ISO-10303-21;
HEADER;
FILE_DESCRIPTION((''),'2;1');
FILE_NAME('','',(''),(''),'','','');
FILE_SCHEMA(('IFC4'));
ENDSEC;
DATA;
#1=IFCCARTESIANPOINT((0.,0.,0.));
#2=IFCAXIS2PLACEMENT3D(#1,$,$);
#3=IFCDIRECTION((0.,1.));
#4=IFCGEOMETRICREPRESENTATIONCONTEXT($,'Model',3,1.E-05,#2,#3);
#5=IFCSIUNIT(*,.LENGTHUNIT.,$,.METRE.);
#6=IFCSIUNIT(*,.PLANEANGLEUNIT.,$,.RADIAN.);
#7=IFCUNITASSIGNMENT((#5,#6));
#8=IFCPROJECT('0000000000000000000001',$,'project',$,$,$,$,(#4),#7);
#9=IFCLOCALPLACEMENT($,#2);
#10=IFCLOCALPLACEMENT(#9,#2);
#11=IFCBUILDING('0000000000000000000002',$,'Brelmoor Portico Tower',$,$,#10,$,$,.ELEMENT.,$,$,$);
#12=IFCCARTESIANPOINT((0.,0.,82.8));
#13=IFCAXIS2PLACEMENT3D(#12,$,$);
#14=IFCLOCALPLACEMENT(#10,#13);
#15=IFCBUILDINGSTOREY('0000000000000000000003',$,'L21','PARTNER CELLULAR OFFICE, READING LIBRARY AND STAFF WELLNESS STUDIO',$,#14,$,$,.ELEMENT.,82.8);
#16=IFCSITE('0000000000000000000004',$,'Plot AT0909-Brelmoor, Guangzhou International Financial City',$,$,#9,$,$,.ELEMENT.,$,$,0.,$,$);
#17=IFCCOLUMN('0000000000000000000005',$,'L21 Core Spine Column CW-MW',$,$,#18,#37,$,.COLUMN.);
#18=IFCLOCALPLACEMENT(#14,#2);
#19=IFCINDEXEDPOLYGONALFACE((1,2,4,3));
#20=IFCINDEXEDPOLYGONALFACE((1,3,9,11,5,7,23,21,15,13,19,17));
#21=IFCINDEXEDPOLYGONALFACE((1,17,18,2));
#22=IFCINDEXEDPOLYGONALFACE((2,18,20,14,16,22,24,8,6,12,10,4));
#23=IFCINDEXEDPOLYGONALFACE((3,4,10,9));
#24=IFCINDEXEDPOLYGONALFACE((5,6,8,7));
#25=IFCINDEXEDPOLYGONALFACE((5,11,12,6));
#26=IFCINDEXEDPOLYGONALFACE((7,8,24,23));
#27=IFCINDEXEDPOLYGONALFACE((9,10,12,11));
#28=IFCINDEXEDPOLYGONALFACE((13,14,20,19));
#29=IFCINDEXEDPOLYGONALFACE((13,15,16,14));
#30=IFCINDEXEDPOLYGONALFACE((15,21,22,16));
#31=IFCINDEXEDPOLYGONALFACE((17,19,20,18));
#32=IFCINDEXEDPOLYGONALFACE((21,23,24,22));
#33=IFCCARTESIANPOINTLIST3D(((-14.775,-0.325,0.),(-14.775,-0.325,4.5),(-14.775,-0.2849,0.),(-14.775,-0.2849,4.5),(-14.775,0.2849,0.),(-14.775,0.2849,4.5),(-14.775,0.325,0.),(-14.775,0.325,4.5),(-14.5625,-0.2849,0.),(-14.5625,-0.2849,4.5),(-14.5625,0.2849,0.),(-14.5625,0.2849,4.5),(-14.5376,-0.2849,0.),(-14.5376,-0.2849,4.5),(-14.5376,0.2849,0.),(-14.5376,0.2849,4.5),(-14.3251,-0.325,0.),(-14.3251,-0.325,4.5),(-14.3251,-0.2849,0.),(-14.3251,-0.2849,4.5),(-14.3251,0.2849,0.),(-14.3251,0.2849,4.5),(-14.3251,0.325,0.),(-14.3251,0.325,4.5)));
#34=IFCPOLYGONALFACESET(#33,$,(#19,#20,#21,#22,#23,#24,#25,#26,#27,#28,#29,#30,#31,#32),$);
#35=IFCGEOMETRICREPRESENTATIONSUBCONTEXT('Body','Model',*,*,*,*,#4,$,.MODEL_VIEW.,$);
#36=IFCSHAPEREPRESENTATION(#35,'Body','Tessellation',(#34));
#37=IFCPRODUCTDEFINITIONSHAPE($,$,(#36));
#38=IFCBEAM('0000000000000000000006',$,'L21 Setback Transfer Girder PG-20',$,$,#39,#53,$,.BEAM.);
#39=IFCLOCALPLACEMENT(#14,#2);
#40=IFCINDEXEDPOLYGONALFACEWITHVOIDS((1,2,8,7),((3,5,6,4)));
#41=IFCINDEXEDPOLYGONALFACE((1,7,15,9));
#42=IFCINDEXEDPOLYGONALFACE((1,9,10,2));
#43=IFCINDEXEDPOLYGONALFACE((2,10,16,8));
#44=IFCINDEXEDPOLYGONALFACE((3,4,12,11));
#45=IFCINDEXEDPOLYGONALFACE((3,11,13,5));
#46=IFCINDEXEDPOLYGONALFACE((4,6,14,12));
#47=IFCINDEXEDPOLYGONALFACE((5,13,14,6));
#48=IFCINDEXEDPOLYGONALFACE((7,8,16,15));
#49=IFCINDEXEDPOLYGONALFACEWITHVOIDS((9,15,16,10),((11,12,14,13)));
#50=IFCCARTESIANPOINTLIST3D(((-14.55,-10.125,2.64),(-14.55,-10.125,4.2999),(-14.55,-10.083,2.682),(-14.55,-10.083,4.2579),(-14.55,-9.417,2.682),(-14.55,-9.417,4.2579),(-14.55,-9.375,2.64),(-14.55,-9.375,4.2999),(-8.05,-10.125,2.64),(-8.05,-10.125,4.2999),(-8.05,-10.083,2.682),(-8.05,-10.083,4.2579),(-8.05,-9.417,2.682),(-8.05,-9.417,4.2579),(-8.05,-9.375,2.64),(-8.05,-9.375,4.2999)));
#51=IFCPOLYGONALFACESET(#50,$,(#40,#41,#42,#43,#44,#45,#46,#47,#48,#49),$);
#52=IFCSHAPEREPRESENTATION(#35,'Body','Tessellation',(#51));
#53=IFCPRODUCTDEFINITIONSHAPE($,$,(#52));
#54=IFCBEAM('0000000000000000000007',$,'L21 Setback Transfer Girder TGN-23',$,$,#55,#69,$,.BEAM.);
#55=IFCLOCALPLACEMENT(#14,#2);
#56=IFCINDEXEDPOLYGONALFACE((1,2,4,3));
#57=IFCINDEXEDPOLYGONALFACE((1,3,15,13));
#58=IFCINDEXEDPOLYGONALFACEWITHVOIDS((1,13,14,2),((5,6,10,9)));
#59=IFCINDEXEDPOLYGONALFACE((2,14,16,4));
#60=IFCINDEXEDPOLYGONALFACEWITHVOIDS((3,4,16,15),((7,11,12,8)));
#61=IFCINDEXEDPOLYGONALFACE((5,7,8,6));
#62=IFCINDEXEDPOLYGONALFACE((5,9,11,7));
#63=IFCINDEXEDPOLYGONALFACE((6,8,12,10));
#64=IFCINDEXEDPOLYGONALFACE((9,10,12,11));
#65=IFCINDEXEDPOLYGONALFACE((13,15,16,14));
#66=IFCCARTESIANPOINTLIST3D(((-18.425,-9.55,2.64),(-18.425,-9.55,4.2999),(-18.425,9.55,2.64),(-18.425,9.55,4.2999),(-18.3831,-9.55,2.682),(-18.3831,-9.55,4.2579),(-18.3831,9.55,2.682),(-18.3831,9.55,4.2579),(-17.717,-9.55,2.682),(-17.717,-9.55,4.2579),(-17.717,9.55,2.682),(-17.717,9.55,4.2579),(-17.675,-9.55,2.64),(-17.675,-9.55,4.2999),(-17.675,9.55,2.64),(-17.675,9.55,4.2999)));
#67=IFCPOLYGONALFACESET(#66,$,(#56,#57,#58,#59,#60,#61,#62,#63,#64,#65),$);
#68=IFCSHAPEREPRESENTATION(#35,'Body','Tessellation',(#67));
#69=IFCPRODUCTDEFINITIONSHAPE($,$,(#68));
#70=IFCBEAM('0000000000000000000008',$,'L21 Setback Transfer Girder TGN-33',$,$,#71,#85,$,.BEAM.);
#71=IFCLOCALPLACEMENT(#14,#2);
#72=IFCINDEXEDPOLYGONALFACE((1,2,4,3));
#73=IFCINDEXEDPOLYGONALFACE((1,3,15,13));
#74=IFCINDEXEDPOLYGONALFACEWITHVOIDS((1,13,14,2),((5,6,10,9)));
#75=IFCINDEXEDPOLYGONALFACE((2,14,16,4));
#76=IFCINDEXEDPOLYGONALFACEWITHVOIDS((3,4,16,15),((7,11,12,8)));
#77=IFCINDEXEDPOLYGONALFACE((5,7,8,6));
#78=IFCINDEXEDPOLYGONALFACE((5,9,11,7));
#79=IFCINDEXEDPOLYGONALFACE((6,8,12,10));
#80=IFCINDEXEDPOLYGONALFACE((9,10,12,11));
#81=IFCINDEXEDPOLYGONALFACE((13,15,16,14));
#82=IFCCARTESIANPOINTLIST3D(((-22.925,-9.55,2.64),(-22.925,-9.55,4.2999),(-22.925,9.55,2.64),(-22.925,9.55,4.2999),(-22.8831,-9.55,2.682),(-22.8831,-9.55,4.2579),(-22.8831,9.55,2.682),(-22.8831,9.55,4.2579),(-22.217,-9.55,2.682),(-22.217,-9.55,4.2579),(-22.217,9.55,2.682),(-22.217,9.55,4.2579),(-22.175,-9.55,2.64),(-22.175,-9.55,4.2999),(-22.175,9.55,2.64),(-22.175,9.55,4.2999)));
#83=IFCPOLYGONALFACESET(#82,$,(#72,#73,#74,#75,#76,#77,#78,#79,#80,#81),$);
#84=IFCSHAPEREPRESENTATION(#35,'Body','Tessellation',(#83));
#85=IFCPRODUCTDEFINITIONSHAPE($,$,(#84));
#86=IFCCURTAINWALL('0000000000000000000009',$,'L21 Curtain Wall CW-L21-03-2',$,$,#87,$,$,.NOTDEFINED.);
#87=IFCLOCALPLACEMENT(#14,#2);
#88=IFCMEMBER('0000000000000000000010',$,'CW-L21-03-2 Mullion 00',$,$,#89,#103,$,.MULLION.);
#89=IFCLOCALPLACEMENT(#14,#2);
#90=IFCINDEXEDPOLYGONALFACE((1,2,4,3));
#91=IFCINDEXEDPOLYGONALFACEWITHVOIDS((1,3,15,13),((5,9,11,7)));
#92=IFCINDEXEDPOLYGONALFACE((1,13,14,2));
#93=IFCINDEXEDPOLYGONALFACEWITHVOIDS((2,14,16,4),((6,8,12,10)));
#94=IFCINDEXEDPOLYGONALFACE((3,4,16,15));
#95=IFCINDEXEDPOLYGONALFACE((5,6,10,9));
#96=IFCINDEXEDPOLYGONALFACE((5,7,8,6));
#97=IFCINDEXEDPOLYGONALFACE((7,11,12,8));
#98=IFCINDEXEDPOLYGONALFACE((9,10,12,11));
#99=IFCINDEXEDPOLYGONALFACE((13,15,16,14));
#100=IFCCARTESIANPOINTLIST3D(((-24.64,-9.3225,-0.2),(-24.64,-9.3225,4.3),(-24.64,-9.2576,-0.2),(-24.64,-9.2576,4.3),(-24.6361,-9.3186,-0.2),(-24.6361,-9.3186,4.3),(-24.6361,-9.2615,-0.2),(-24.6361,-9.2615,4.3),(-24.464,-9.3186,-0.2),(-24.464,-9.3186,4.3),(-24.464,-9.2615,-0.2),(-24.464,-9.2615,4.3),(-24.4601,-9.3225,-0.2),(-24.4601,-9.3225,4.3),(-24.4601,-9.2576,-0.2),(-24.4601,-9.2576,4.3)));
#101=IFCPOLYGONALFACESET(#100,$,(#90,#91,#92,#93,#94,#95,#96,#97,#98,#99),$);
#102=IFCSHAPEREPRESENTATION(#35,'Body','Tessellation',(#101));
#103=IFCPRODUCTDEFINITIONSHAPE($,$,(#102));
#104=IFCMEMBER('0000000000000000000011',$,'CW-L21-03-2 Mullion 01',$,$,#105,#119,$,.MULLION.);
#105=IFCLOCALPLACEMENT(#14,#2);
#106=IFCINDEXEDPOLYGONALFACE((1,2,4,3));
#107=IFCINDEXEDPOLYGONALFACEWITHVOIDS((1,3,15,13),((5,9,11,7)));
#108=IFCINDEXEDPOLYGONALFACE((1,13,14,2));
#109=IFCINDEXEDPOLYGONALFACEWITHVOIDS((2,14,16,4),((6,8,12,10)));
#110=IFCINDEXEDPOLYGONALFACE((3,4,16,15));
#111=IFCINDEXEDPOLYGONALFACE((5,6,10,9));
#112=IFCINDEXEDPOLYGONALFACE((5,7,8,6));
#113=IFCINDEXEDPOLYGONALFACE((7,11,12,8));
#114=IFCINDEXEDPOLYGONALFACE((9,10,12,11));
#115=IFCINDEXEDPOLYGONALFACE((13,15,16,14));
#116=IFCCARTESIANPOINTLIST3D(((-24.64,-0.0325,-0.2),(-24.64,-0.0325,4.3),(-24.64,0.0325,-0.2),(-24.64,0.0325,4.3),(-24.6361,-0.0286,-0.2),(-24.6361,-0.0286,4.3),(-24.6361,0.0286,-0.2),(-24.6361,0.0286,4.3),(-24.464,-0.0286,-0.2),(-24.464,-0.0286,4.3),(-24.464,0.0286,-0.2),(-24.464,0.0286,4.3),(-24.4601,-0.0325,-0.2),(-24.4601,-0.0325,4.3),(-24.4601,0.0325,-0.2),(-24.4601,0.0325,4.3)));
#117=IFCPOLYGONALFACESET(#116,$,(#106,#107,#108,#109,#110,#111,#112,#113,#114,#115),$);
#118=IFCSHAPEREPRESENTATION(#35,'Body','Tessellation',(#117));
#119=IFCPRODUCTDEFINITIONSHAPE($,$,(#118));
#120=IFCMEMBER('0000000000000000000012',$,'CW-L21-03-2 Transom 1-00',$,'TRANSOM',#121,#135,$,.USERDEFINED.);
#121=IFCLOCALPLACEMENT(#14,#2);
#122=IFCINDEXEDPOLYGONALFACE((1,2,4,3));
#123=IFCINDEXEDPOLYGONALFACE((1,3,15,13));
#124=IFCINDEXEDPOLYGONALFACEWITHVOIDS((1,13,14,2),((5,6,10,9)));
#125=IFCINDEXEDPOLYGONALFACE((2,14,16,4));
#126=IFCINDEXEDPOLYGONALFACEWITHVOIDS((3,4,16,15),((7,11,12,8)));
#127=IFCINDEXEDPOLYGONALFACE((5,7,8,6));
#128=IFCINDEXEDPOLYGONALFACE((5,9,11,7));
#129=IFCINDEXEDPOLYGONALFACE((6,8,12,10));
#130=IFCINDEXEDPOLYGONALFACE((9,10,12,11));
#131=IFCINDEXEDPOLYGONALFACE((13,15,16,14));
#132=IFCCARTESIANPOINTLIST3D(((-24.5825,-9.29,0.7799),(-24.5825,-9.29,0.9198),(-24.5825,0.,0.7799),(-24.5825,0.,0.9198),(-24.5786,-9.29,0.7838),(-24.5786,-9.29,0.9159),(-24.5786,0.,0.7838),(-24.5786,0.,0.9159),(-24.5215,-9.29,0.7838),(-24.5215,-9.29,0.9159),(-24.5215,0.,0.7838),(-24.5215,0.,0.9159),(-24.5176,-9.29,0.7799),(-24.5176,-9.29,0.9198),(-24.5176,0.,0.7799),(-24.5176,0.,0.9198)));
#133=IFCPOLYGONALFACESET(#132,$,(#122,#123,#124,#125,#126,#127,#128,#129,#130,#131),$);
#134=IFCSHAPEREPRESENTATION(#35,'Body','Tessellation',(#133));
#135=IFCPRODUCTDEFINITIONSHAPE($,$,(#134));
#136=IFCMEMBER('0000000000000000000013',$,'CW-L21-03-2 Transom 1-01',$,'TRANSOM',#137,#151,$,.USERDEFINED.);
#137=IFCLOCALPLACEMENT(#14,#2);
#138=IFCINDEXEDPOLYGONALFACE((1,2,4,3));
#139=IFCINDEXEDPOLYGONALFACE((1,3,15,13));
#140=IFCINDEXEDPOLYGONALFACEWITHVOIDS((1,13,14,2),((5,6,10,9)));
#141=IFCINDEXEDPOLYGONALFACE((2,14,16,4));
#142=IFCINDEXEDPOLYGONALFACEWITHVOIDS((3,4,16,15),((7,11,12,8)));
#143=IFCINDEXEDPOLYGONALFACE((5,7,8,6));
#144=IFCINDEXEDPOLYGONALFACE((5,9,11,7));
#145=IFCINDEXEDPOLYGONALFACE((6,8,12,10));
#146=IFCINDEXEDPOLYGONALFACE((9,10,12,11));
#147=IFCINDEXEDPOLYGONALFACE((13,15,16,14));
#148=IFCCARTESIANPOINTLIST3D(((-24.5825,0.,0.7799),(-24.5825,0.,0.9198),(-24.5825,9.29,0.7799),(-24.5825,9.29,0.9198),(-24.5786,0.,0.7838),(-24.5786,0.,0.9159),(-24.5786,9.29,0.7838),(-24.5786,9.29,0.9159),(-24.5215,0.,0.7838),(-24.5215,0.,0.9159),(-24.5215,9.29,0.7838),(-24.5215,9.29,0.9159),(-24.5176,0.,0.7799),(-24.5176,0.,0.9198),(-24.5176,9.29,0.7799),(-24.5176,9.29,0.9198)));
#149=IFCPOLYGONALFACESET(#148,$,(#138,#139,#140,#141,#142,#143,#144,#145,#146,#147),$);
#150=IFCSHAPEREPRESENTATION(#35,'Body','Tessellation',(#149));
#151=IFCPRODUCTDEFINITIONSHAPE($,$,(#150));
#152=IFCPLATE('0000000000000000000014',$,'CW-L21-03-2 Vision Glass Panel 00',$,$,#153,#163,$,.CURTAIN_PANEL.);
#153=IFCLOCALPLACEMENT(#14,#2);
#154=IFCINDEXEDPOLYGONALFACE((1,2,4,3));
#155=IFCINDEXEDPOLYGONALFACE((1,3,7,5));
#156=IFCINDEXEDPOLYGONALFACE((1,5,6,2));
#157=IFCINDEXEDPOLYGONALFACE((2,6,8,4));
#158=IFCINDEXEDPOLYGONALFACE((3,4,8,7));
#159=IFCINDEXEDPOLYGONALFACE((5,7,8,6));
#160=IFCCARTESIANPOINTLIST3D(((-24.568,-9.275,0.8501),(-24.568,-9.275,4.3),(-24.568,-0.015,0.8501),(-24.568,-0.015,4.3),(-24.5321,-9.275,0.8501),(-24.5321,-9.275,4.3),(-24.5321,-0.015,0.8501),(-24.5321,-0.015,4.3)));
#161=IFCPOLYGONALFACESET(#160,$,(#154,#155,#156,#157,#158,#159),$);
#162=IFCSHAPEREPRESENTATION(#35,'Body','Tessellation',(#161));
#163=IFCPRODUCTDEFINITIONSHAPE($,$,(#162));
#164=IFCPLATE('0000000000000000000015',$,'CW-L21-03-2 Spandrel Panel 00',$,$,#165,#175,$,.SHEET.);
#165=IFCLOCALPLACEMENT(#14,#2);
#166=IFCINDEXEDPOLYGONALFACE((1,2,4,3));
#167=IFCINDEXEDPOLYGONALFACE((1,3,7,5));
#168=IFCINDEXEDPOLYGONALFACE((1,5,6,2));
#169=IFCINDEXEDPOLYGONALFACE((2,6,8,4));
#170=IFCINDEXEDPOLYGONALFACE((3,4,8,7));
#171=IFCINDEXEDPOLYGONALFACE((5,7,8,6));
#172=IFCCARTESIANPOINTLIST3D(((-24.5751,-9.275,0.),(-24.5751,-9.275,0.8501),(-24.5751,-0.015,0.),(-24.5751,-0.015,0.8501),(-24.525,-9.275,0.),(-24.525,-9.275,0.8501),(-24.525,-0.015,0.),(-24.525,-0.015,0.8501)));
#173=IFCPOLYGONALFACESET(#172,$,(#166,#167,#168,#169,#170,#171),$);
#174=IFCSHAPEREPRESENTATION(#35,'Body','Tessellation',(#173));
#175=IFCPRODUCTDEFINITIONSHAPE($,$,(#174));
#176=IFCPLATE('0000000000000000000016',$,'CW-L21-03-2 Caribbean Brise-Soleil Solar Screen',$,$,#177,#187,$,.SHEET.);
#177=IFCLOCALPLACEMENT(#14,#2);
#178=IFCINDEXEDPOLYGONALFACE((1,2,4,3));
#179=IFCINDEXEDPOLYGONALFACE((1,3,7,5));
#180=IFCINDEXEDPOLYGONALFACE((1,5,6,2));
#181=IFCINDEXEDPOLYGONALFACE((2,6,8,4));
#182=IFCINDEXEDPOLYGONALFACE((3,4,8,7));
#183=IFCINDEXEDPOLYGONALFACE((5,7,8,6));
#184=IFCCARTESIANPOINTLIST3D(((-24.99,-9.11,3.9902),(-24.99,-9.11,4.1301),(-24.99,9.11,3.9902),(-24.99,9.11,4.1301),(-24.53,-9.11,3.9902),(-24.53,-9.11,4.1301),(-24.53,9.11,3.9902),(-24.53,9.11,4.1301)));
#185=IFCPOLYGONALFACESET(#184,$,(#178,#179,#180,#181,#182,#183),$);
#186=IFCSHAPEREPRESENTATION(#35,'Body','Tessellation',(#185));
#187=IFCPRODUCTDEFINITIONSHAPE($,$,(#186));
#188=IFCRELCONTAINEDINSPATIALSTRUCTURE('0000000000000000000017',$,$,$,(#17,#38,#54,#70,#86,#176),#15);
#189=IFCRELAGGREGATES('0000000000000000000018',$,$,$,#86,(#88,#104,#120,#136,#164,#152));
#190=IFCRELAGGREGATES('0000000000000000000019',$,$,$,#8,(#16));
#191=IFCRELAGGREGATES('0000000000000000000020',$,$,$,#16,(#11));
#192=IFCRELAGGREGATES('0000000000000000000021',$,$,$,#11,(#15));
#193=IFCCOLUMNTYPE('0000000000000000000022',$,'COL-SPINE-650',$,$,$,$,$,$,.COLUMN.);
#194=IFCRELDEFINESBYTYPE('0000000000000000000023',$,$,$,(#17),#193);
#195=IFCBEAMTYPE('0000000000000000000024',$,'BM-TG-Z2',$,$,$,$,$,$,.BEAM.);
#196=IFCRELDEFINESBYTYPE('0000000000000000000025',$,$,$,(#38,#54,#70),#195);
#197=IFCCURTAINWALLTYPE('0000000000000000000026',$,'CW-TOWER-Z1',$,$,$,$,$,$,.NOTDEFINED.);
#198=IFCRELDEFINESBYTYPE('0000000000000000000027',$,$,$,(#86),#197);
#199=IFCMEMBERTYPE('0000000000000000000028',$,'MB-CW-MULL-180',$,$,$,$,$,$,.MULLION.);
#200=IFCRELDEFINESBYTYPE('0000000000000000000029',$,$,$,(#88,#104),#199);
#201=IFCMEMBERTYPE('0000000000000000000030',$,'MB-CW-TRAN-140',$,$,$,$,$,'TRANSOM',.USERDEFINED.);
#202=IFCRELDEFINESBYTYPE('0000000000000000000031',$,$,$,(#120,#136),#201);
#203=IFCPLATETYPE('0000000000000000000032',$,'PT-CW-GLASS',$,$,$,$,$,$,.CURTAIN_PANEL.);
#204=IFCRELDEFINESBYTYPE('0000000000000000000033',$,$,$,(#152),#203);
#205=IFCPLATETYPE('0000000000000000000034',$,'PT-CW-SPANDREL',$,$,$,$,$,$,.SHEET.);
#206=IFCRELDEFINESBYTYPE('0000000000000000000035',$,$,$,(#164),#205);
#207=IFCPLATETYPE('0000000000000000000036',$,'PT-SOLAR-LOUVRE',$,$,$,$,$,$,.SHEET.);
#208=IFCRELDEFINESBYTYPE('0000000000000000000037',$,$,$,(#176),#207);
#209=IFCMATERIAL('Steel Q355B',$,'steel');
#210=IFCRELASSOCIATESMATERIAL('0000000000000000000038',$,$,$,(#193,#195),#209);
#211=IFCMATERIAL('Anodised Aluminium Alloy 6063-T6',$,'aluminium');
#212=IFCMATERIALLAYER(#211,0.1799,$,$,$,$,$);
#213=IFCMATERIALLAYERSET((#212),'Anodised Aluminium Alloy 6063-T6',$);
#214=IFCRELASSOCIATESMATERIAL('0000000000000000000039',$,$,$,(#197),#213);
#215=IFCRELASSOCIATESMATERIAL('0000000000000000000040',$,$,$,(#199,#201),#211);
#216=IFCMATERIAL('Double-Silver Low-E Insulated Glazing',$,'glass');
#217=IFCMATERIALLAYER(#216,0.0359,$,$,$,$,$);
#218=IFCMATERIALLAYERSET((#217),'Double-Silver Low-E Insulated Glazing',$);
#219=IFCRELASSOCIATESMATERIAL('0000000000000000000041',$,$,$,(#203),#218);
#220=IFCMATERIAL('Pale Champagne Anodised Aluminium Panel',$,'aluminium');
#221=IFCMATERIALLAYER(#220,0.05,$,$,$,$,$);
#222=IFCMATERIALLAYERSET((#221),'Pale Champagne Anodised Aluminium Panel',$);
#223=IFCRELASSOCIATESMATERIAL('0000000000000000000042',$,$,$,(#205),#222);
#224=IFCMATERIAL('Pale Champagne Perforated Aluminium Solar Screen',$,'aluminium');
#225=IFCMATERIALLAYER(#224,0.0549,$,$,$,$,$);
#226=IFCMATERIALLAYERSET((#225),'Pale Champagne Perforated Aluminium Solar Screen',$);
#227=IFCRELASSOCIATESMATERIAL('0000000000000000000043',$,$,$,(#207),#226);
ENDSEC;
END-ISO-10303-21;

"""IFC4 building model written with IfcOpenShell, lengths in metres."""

from ifc_helpers import new_model, si_unit, direction, frame, origin, origin_2d, place, context, subcontext, project, spatial, rectangle, hollow_rectangle, i_section, extrude, material, layer, layer_set, material_profile, profile_set, type_object, element, aggregate, save


model = new_model("IFC4")

# Units and contexts
model_context = context("Model", 3, precision=1e-05, world=origin(), true_north=direction((0.0, 1.0)))
body_context = subcontext(model_context, "Body", "Model", "MODEL_VIEW")
ifc_project = project(units=[si_unit("LENGTHUNIT", "METRE"), si_unit("PLANEANGLEUNIT", "RADIAN")], contexts=[model_context])

# Site, building, storey
site_placement = place(None, origin())
site = spatial("IfcSite", under=ifc_project, at=site_placement, Name="Plot AT0909-Brelmoor, Guangzhou International Financial City", CompositionType="ELEMENT", RefElevation=0.0)
building_placement = place(site_placement, origin())
building = spatial("IfcBuilding", under=site, at=building_placement, Name="Brelmoor Portico Tower", CompositionType="ELEMENT")
storey_placement = place(building_placement, frame((0.0, 0.0, 82.8)))
storey = spatial("IfcBuildingStorey", under=building, at=storey_placement, Name="L21", Description="PARTNER CELLULAR OFFICE, READING LIBRARY AND STAFF WELLNESS STUDIO", CompositionType="ELEMENT", Elevation=82.8)

# Column
ifc_material_1 = material(Name="Steel Q355B", Category="steel")
ifc_material_profile_1 = material_profile(ifc_material_1, i_section(OverallWidth=0.45, OverallDepth=0.6499, WebThickness=0.0249, FlangeThickness=0.04, at=origin_2d()), Name="HW 650x450x25x40")
ifc_profile_set_1 = profile_set([ifc_material_profile_1], Name="Steel Q355B")
column_type = type_object("IfcColumnType", Name="COL-SPINE-650", PredefinedType="COLUMN", material=ifc_profile_set_1)
column_placement = place(storey_placement, frame((-14.55, 0.0, 0.0), z_axis=(0.0, 0.0, 1.0), x_axis=(1.0, 0.0, 0.0)))
element("IfcColumn", 1, at=column_placement, inside=storey, type_object=column_type, Name="L21 Core Spine Column CW-MW", PredefinedType="COLUMN", context=body_context, shape_type="SweptSolid", body=[
    extrude(i_section(OverallWidth=0.45, OverallDepth=0.6499, WebThickness=0.0249, FlangeThickness=0.04, at=origin_2d()), origin(), (0.0, 0.0, 1.0), 4.5),
])

# Beams
ifc_material_profile_2 = material_profile(ifc_material_1, hollow_rectangle(XDim=0.75, YDim=1.6599, WallThickness=0.042, at=origin_2d()), Name="BOX 750x1660x42")
ifc_profile_set_2 = profile_set([ifc_material_profile_2], Name="Steel Q355B")
beam_type = type_object("IfcBeamType", Name="BM-TG-Z2", PredefinedType="BEAM", material=ifc_profile_set_2)
beam_placement = place(storey_placement, frame((-14.55, -9.75, 3.47), z_axis=(1.0, 0.0, 0.0), x_axis=(0.0, 1.0, 0.0)))
element("IfcBeam", 2, at=beam_placement, inside=storey, type_object=beam_type, Name="L21 Setback Transfer Girder PG-20", PredefinedType="BEAM", context=body_context, shape_type="SweptSolid", body=[
    extrude(hollow_rectangle(XDim=0.75, YDim=1.6599, WallThickness=0.042, at=origin_2d()), origin(), (0.0, 0.0, 1.0), 6.5),
])
for number, where, z_axis, x_axis, name in (
    (3, (-18.05, -9.55, 3.47), (0.0, 1.0, 0.0), (-1.0, 0.0, 0.0), "L21 Setback Transfer Girder TGN-23"),
    (4, (-22.55, -9.55, 3.47), (0.0, 1.0, 0.0), (-1.0, 0.0, 0.0), "L21 Setback Transfer Girder TGN-33"),
):
    element("IfcBeam", number, at=place(storey_placement, frame(where, z_axis=z_axis, x_axis=x_axis)), inside=storey, type_object=beam_type, Name=name, PredefinedType="BEAM", context=body_context, shape_type="SweptSolid", body=[
        extrude(hollow_rectangle(XDim=0.75, YDim=1.6599, WallThickness=0.042, at=origin_2d()), origin(), (0.0, 0.0, 1.0), 19.1001),
    ])

# Curtain wall, members, plates
ifc_material_2 = material(Name="Anodised Aluminium Alloy 6063-T6", Category="aluminium")
ifc_layer_1 = layer(ifc_material_2, 0.1799)
ifc_layer_set_1 = layer_set([ifc_layer_1], Name="Anodised Aluminium Alloy 6063-T6")
curtain_wall_type = type_object("IfcCurtainWallType", Name="CW-TOWER-Z1", PredefinedType="NOTDEFINED", material=ifc_layer_set_1)
curtain_wall_placement = place(storey_placement, origin())
curtain_wall = element("IfcCurtainWall", 5, at=curtain_wall_placement, inside=storey, type_object=curtain_wall_type, Name="L21 Curtain Wall CW-L21-03-2", PredefinedType="NOTDEFINED")
ifc_material_profile_3 = material_profile(ifc_material_2, hollow_rectangle(XDim=0.0649, YDim=0.1799, WallThickness=0.0039, at=origin_2d()), Name="ALU MULLION 65x180")
ifc_profile_set_3 = profile_set([ifc_material_profile_3], Name="Anodised Aluminium Alloy 6063-T6")
member_type_1 = type_object("IfcMemberType", Name="MB-CW-MULL-180", PredefinedType="MULLION", material=ifc_profile_set_3)
member_1_placement = place(storey_placement, frame((-24.55, -9.29, -0.2), z_axis=(0.0, 0.0, 1.0), x_axis=(0.0, 1.0, 0.0)))
member_1 = element("IfcMember", 6, at=member_1_placement, type_object=member_type_1, Name="CW-L21-03-2 Mullion 00", PredefinedType="MULLION", context=body_context, shape_type="SweptSolid", body=[
    extrude(hollow_rectangle(XDim=0.0649, YDim=0.1799, WallThickness=0.0039, at=origin_2d()), origin(), (0.0, 0.0, 1.0), 4.5),
])
member_2_placement = place(storey_placement, frame((-24.55, 0.0, -0.2), z_axis=(0.0, 0.0, 1.0), x_axis=(0.0, 1.0, 0.0)))
member_2 = element("IfcMember", 7, at=member_2_placement, type_object=member_type_1, Name="CW-L21-03-2 Mullion 01", PredefinedType="MULLION", context=body_context, shape_type="SweptSolid", body=[
    extrude(hollow_rectangle(XDim=0.0649, YDim=0.1799, WallThickness=0.0039, at=origin_2d()), origin(), (0.0, 0.0, 1.0), 4.5),
])
ifc_material_profile_4 = material_profile(ifc_material_2, hollow_rectangle(XDim=0.0649, YDim=0.1399, WallThickness=0.0039, at=origin_2d()), Name="ALU TRANSOM 65x140")
ifc_profile_set_4 = profile_set([ifc_material_profile_4], Name="Anodised Aluminium Alloy 6063-T6")
member_type_2 = type_object("IfcMemberType", Name="MB-CW-TRAN-140", ElementType="TRANSOM", PredefinedType="USERDEFINED", material=ifc_profile_set_4)
member_3_placement = place(storey_placement, frame((-24.55, -9.29, 0.8499), z_axis=(0.0, 1.0, 0.0), x_axis=(-1.0, 0.0, 0.0)))
member_3 = element("IfcMember", 8, at=member_3_placement, type_object=member_type_2, Name="CW-L21-03-2 Transom 1-00", ObjectType="TRANSOM", PredefinedType="USERDEFINED", context=body_context, shape_type="SweptSolid", body=[
    extrude(hollow_rectangle(XDim=0.0649, YDim=0.1399, WallThickness=0.0039, at=origin_2d()), origin(), (0.0, 0.0, 1.0), 9.29),
])
member_4_placement = place(storey_placement, frame((-24.55, 0.0, 0.8499), z_axis=(0.0, 1.0, 0.0), x_axis=(-1.0, 0.0, 0.0)))
member_4 = element("IfcMember", 9, at=member_4_placement, type_object=member_type_2, Name="CW-L21-03-2 Transom 1-01", ObjectType="TRANSOM", PredefinedType="USERDEFINED", context=body_context, shape_type="SweptSolid", body=[
    extrude(hollow_rectangle(XDim=0.0649, YDim=0.1399, WallThickness=0.0039, at=origin_2d()), origin(), (0.0, 0.0, 1.0), 9.29),
])
ifc_material_3 = material(Name="Double-Silver Low-E Insulated Glazing", Category="glass")
ifc_layer_2 = layer(ifc_material_3, 0.0359)
ifc_layer_set_2 = layer_set([ifc_layer_2], Name="Double-Silver Low-E Insulated Glazing")
plate_type_1 = type_object("IfcPlateType", Name="PT-CW-GLASS", PredefinedType="CURTAIN_PANEL", material=ifc_layer_set_2)
plate_1_placement = place(storey_placement, frame((-24.55, -4.645, 0.8501), z_axis=(0.0, 0.0, 1.0), x_axis=(0.0, 1.0, 0.0)))
plate_1 = element("IfcPlate", 10, at=plate_1_placement, type_object=plate_type_1, Name="CW-L21-03-2 Vision Glass Panel 00", PredefinedType="CURTAIN_PANEL", context=body_context, shape_type="SweptSolid", body=[
    extrude(rectangle(XDim=9.26, YDim=0.0359, at=origin_2d()), origin(), (0.0, 0.0, 1.0), 3.45),
])
ifc_material_4 = material(Name="Pale Champagne Anodised Aluminium Panel", Category="aluminium")
ifc_layer_3 = layer(ifc_material_4, 0.05)
ifc_layer_set_3 = layer_set([ifc_layer_3], Name="Pale Champagne Anodised Aluminium Panel")
plate_type_2 = type_object("IfcPlateType", Name="PT-CW-SPANDREL", PredefinedType="SHEET", material=ifc_layer_set_3)
plate_2_placement = place(storey_placement, frame((-24.55, -4.645, 0.0), z_axis=(0.0, 0.0, 1.0), x_axis=(0.0, 1.0, 0.0)))
plate_2 = element("IfcPlate", 11, at=plate_2_placement, type_object=plate_type_2, Name="CW-L21-03-2 Spandrel Panel 00", PredefinedType="SHEET", context=body_context, shape_type="SweptSolid", body=[
    extrude(rectangle(XDim=9.26, YDim=0.05, at=origin_2d()), origin(), (0.0, 0.0, 1.0), 0.8501),
])
aggregate(curtain_wall, [member_1, member_2, member_3, member_4, plate_2, plate_1])

# Plate
ifc_material_5 = material(Name="Pale Champagne Perforated Aluminium Solar Screen", Category="aluminium")
ifc_layer_4 = layer(ifc_material_5, 0.0549)
ifc_layer_set_4 = layer_set([ifc_layer_4], Name="Pale Champagne Perforated Aluminium Solar Screen")
plate_type_3 = type_object("IfcPlateType", Name="PT-SOLAR-LOUVRE", PredefinedType="SHEET", material=ifc_layer_set_4)
plate_3_placement = place(storey_placement, frame((-24.76, 0.0, 3.9902), z_axis=(0.0, 0.0, 1.0), x_axis=(0.0, 1.0, 0.0)))
element("IfcPlate", 12, at=plate_3_placement, inside=storey, type_object=plate_type_3, Name="CW-L21-03-2 Caribbean Brise-Soleil Solar Screen", PredefinedType="SHEET", context=body_context, shape_type="SweptSolid", body=[
    extrude(rectangle(XDim=18.22, YDim=0.46, at=origin_2d()), origin(), (0.0, 0.0, 1.0), 0.1399),
])

save(model, "model.ifc")
